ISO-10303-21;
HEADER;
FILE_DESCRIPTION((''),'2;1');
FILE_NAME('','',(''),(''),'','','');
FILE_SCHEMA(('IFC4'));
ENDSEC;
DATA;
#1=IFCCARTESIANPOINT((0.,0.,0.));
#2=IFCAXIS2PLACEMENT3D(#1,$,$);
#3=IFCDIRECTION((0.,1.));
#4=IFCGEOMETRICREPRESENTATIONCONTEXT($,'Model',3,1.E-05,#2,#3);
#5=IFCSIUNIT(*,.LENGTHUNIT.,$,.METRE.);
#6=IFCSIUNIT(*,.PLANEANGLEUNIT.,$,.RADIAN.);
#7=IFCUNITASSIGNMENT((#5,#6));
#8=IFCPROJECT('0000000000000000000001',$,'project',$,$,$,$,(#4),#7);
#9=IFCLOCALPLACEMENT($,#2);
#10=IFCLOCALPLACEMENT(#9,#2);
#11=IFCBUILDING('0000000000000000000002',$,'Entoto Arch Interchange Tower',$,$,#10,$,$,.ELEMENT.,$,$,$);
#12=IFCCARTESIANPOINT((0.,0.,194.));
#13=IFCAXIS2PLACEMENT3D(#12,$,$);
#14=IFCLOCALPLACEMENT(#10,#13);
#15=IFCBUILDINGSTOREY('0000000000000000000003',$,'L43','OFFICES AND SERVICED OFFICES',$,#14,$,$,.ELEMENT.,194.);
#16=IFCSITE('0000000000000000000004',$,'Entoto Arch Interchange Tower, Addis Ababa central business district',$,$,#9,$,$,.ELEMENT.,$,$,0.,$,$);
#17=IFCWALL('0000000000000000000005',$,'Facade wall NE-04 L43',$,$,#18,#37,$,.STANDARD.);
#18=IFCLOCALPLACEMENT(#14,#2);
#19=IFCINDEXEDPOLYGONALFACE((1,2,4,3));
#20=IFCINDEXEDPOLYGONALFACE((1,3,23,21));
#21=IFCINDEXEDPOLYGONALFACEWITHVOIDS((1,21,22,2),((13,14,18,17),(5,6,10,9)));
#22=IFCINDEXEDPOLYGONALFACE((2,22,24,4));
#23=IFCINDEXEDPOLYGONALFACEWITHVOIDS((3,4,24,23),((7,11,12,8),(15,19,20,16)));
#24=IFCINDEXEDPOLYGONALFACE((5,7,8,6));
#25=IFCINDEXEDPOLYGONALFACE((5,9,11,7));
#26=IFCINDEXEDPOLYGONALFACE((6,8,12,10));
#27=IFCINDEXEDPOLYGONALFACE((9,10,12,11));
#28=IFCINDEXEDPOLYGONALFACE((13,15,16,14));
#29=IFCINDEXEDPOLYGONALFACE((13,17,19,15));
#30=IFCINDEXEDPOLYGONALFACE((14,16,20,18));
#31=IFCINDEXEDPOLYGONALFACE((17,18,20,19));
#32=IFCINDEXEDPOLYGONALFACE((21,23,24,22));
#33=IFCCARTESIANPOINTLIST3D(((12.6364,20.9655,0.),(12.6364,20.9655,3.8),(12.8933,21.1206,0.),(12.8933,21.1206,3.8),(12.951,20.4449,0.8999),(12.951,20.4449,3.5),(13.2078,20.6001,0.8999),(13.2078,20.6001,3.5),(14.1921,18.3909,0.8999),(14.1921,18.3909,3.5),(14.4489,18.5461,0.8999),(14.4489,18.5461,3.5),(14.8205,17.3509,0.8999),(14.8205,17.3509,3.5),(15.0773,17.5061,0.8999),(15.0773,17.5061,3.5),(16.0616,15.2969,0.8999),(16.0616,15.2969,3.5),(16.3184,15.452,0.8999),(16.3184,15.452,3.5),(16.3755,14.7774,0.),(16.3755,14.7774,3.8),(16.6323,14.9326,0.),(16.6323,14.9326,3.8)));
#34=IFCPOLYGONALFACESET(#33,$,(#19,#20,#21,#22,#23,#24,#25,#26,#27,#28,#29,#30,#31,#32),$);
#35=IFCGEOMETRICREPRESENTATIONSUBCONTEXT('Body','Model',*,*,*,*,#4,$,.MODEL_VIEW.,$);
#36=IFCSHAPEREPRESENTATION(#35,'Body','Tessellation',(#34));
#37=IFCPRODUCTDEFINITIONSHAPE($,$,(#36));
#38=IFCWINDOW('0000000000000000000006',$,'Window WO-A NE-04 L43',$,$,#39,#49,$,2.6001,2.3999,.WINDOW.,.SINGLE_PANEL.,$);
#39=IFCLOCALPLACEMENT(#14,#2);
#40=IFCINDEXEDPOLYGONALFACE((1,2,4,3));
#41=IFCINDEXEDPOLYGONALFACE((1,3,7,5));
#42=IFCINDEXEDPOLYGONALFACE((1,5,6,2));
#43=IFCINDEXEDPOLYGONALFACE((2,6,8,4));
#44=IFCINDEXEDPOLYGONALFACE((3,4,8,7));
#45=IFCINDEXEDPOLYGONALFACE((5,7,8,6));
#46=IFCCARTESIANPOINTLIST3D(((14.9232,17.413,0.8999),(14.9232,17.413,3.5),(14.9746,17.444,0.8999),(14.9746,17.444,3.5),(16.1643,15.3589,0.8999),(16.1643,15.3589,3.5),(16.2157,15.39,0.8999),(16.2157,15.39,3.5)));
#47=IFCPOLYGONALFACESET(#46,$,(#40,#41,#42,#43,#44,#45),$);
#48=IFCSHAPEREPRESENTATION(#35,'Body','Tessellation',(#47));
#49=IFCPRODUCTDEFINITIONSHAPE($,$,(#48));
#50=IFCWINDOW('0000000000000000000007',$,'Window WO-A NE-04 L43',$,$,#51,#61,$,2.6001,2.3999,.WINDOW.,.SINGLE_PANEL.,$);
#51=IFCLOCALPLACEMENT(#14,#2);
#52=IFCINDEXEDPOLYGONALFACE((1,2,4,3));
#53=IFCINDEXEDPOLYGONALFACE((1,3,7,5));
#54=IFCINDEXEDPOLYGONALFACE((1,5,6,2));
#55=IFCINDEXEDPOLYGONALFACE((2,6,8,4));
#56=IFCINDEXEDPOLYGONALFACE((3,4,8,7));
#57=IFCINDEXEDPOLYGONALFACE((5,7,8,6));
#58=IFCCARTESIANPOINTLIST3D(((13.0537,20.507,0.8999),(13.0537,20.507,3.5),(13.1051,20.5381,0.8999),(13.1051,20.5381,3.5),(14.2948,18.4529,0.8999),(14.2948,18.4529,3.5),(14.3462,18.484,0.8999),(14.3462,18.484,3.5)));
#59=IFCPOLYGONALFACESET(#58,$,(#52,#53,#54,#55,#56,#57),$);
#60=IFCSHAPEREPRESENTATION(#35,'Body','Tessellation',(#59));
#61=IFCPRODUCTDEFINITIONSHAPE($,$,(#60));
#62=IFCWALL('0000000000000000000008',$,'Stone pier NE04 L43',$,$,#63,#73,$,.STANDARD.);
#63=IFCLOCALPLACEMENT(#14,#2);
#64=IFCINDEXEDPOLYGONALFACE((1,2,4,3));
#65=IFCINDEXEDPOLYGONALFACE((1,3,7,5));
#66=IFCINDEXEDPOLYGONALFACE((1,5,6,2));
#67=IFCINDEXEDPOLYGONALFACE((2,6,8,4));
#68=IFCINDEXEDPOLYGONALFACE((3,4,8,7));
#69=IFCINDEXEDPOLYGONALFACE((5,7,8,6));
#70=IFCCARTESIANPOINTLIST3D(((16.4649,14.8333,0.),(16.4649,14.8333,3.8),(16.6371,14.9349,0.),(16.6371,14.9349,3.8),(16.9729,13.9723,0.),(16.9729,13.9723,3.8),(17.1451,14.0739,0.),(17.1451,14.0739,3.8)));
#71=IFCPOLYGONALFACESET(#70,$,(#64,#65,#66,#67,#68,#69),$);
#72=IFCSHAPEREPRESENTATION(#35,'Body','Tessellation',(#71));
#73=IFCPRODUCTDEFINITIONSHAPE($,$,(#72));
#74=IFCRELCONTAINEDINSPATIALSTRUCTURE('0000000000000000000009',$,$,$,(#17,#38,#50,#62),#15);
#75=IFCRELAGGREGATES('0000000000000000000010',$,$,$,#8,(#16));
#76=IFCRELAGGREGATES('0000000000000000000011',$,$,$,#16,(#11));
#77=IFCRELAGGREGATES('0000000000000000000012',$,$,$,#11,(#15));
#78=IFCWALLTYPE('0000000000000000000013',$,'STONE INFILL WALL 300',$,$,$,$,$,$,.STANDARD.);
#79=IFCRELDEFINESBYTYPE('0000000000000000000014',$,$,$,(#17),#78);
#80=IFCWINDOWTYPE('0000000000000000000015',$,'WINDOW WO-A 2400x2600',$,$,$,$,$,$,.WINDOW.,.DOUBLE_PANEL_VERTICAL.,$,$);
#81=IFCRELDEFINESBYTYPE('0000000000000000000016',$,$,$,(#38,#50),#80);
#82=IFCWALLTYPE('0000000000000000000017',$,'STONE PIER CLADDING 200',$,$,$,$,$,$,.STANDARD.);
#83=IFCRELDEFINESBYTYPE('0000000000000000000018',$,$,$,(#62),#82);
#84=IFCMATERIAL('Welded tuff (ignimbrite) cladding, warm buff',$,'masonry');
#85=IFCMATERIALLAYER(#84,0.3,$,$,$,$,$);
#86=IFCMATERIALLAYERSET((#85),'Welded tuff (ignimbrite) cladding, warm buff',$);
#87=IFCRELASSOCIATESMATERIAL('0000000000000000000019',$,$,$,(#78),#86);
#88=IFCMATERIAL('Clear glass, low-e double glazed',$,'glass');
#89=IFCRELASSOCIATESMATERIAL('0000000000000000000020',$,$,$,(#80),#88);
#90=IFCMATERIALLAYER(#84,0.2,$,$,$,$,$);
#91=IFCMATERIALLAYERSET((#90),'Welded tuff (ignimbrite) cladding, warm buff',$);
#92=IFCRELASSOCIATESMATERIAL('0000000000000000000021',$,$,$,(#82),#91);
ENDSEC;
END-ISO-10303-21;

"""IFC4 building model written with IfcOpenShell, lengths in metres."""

from ifc_helpers import new_model, si_unit, direction, frame, frame_2d, origin, place, context, subcontext, project, spatial, rectangle, extrude, material, layer, layer_set, type_object, element, fill, save


model = new_model("IFC4")

# Units and contexts
model_context = context("Model", 3, precision=1e-05, world=origin(), true_north=direction((0.0, 1.0)))
body_context = subcontext(model_context, "Body", "Model", "MODEL_VIEW")
ifc_project = project(units=[si_unit("LENGTHUNIT", "METRE"), si_unit("PLANEANGLEUNIT", "RADIAN")], contexts=[model_context])

# Site, building, storey
site_placement = place(None, origin())
site = spatial("IfcSite", under=ifc_project, at=site_placement, Name="Entoto Arch Interchange Tower, Addis Ababa central business district", CompositionType="ELEMENT", RefElevation=0.0)
building_placement = place(site_placement, origin())
building = spatial("IfcBuilding", under=site, at=building_placement, Name="Entoto Arch Interchange Tower", CompositionType="ELEMENT")
storey_placement = place(building_placement, frame((0.0, 0.0, 194.0)))
storey = spatial("IfcBuildingStorey", under=building, at=storey_placement, Name="L43", Description="OFFICES AND SERVICED OFFICES", CompositionType="ELEMENT", Elevation=194.0)

# Wall, openings, windows
ifc_material_1 = material(Name="Welded tuff (ignimbrite) cladding, warm buff", Category="masonry")
ifc_layer_1 = layer(ifc_material_1, 0.3)
ifc_layer_set_1 = layer_set([ifc_layer_1], Name="Welded tuff (ignimbrite) cladding, warm buff")
wall_type_1 = type_object("IfcWallType", Name="STONE INFILL WALL 300", PredefinedType="STANDARD", material=ifc_layer_set_1)
wall_1_placement = place(storey_placement, frame((16.5039, 14.855, 0.0), z_axis=(0.0, 0.0, 1.0), x_axis=(-0.51716, 0.855889, 0.0)))
wall_1 = element("IfcWall", 1, at=wall_1_placement, inside=storey, type_object=wall_type_1, Name="Facade wall NE-04 L43", PredefinedType="STANDARD", context=body_context, shape_type="SweptSolid", body=[
    extrude(rectangle(XDim=7.23, YDim=0.3, at=frame_2d((3.615, 0.0))), origin(), (0.0, 0.0, 1.0), 3.8),
])
opening_1_placement = place(wall_1_placement, frame((0.6069, 0.0, 0.8999)))
opening_1 = element("IfcOpeningElement", 2, at=opening_1_placement, cuts=wall_1, PredefinedType="OPENING", context=body_context, shape_type="SweptSolid", body=[
    extrude(rectangle(XDim=2.3999, YDim=2.6001, at=frame_2d((1.2, 1.3))), frame((0.0, 0.1602, 0.0), z_axis=(0.0, -1.0, 0.0), x_axis=(1.0, 0.0, 0.0)), (0.0, 0.0, 1.0), 0.3201),
])
opening_2_placement = place(wall_1_placement, frame((4.2219, 0.0, 0.8999)))
opening_2 = element("IfcOpeningElement", 3, at=opening_2_placement, cuts=wall_1, PredefinedType="OPENING", context=body_context, shape_type="SweptSolid", body=[
    extrude(rectangle(XDim=2.3999, YDim=2.6001, at=frame_2d((1.2, 1.3))), frame((0.0, 0.1602, 0.0), z_axis=(0.0, -1.0, 0.0), x_axis=(1.0, 0.0, 0.0)), (0.0, 0.0, 1.0), 0.3201),
])
ifc_material_2 = material(Name="Clear glass, low-e double glazed", Category="glass")
window_type = type_object("IfcWindowType", Name="WINDOW WO-A 2400x2600", PartitioningType="DOUBLE_PANEL_VERTICAL", PredefinedType="WINDOW", material=ifc_material_2)
window_1_placement = place(opening_1_placement, origin())
window_1 = element("IfcWindow", 4, at=window_1_placement, inside=storey, type_object=window_type, Name="Window WO-A NE-04 L43", OverallHeight=2.6001, OverallWidth=2.3999, PartitioningType="SINGLE_PANEL", PredefinedType="WINDOW", context=body_context, shape_type="SweptSolid", body=[
    extrude(rectangle(XDim=2.3999, YDim=2.6001, at=frame_2d((1.2, 1.3))), frame((0.0, 0.03, 0.0), z_axis=(0.0, -1.0, 0.0), x_axis=(1.0, 0.0, 0.0)), (0.0, 0.0, 1.0), 0.0601),
])
fill(opening_1, window_1)
window_2_placement = place(opening_2_placement, origin())
window_2 = element("IfcWindow", 5, at=window_2_placement, inside=storey, type_object=window_type, Name="Window WO-A NE-04 L43", OverallHeight=2.6001, OverallWidth=2.3999, PartitioningType="SINGLE_PANEL", PredefinedType="WINDOW", context=body_context, shape_type="SweptSolid", body=[
    extrude(rectangle(XDim=2.3999, YDim=2.6001, at=frame_2d((1.2, 1.3))), frame((0.0, 0.03, 0.0), z_axis=(0.0, -1.0, 0.0), x_axis=(1.0, 0.0, 0.0)), (0.0, 0.0, 1.0), 0.0601),
])
fill(opening_2, window_2)

# Wall
ifc_layer_2 = layer(ifc_material_1, 0.2)
ifc_layer_set_2 = layer_set([ifc_layer_2], Name="Welded tuff (ignimbrite) cladding, warm buff")
wall_type_2 = type_object("IfcWallType", Name="STONE PIER CLADDING 200", PredefinedType="STANDARD", material=ifc_layer_set_2)
wall_2_placement = place(storey_placement, frame((17.0591, 14.0229, 0.0), z_axis=(0.0, 0.0, 1.0), x_axis=(-0.508162, 0.861262, 0.0)))
element("IfcWall", 6, at=wall_2_placement, inside=storey, type_object=wall_type_2, Name="Stone pier NE04 L43", PredefinedType="STANDARD", context=body_context, shape_type="SweptSolid", body=[
    extrude(rectangle(XDim=0.9998, YDim=0.2, at=frame_2d((0.5, 0.0))), origin(), (0.0, 0.0, 1.0), 3.8),
])

save(model, "model.ifc")
